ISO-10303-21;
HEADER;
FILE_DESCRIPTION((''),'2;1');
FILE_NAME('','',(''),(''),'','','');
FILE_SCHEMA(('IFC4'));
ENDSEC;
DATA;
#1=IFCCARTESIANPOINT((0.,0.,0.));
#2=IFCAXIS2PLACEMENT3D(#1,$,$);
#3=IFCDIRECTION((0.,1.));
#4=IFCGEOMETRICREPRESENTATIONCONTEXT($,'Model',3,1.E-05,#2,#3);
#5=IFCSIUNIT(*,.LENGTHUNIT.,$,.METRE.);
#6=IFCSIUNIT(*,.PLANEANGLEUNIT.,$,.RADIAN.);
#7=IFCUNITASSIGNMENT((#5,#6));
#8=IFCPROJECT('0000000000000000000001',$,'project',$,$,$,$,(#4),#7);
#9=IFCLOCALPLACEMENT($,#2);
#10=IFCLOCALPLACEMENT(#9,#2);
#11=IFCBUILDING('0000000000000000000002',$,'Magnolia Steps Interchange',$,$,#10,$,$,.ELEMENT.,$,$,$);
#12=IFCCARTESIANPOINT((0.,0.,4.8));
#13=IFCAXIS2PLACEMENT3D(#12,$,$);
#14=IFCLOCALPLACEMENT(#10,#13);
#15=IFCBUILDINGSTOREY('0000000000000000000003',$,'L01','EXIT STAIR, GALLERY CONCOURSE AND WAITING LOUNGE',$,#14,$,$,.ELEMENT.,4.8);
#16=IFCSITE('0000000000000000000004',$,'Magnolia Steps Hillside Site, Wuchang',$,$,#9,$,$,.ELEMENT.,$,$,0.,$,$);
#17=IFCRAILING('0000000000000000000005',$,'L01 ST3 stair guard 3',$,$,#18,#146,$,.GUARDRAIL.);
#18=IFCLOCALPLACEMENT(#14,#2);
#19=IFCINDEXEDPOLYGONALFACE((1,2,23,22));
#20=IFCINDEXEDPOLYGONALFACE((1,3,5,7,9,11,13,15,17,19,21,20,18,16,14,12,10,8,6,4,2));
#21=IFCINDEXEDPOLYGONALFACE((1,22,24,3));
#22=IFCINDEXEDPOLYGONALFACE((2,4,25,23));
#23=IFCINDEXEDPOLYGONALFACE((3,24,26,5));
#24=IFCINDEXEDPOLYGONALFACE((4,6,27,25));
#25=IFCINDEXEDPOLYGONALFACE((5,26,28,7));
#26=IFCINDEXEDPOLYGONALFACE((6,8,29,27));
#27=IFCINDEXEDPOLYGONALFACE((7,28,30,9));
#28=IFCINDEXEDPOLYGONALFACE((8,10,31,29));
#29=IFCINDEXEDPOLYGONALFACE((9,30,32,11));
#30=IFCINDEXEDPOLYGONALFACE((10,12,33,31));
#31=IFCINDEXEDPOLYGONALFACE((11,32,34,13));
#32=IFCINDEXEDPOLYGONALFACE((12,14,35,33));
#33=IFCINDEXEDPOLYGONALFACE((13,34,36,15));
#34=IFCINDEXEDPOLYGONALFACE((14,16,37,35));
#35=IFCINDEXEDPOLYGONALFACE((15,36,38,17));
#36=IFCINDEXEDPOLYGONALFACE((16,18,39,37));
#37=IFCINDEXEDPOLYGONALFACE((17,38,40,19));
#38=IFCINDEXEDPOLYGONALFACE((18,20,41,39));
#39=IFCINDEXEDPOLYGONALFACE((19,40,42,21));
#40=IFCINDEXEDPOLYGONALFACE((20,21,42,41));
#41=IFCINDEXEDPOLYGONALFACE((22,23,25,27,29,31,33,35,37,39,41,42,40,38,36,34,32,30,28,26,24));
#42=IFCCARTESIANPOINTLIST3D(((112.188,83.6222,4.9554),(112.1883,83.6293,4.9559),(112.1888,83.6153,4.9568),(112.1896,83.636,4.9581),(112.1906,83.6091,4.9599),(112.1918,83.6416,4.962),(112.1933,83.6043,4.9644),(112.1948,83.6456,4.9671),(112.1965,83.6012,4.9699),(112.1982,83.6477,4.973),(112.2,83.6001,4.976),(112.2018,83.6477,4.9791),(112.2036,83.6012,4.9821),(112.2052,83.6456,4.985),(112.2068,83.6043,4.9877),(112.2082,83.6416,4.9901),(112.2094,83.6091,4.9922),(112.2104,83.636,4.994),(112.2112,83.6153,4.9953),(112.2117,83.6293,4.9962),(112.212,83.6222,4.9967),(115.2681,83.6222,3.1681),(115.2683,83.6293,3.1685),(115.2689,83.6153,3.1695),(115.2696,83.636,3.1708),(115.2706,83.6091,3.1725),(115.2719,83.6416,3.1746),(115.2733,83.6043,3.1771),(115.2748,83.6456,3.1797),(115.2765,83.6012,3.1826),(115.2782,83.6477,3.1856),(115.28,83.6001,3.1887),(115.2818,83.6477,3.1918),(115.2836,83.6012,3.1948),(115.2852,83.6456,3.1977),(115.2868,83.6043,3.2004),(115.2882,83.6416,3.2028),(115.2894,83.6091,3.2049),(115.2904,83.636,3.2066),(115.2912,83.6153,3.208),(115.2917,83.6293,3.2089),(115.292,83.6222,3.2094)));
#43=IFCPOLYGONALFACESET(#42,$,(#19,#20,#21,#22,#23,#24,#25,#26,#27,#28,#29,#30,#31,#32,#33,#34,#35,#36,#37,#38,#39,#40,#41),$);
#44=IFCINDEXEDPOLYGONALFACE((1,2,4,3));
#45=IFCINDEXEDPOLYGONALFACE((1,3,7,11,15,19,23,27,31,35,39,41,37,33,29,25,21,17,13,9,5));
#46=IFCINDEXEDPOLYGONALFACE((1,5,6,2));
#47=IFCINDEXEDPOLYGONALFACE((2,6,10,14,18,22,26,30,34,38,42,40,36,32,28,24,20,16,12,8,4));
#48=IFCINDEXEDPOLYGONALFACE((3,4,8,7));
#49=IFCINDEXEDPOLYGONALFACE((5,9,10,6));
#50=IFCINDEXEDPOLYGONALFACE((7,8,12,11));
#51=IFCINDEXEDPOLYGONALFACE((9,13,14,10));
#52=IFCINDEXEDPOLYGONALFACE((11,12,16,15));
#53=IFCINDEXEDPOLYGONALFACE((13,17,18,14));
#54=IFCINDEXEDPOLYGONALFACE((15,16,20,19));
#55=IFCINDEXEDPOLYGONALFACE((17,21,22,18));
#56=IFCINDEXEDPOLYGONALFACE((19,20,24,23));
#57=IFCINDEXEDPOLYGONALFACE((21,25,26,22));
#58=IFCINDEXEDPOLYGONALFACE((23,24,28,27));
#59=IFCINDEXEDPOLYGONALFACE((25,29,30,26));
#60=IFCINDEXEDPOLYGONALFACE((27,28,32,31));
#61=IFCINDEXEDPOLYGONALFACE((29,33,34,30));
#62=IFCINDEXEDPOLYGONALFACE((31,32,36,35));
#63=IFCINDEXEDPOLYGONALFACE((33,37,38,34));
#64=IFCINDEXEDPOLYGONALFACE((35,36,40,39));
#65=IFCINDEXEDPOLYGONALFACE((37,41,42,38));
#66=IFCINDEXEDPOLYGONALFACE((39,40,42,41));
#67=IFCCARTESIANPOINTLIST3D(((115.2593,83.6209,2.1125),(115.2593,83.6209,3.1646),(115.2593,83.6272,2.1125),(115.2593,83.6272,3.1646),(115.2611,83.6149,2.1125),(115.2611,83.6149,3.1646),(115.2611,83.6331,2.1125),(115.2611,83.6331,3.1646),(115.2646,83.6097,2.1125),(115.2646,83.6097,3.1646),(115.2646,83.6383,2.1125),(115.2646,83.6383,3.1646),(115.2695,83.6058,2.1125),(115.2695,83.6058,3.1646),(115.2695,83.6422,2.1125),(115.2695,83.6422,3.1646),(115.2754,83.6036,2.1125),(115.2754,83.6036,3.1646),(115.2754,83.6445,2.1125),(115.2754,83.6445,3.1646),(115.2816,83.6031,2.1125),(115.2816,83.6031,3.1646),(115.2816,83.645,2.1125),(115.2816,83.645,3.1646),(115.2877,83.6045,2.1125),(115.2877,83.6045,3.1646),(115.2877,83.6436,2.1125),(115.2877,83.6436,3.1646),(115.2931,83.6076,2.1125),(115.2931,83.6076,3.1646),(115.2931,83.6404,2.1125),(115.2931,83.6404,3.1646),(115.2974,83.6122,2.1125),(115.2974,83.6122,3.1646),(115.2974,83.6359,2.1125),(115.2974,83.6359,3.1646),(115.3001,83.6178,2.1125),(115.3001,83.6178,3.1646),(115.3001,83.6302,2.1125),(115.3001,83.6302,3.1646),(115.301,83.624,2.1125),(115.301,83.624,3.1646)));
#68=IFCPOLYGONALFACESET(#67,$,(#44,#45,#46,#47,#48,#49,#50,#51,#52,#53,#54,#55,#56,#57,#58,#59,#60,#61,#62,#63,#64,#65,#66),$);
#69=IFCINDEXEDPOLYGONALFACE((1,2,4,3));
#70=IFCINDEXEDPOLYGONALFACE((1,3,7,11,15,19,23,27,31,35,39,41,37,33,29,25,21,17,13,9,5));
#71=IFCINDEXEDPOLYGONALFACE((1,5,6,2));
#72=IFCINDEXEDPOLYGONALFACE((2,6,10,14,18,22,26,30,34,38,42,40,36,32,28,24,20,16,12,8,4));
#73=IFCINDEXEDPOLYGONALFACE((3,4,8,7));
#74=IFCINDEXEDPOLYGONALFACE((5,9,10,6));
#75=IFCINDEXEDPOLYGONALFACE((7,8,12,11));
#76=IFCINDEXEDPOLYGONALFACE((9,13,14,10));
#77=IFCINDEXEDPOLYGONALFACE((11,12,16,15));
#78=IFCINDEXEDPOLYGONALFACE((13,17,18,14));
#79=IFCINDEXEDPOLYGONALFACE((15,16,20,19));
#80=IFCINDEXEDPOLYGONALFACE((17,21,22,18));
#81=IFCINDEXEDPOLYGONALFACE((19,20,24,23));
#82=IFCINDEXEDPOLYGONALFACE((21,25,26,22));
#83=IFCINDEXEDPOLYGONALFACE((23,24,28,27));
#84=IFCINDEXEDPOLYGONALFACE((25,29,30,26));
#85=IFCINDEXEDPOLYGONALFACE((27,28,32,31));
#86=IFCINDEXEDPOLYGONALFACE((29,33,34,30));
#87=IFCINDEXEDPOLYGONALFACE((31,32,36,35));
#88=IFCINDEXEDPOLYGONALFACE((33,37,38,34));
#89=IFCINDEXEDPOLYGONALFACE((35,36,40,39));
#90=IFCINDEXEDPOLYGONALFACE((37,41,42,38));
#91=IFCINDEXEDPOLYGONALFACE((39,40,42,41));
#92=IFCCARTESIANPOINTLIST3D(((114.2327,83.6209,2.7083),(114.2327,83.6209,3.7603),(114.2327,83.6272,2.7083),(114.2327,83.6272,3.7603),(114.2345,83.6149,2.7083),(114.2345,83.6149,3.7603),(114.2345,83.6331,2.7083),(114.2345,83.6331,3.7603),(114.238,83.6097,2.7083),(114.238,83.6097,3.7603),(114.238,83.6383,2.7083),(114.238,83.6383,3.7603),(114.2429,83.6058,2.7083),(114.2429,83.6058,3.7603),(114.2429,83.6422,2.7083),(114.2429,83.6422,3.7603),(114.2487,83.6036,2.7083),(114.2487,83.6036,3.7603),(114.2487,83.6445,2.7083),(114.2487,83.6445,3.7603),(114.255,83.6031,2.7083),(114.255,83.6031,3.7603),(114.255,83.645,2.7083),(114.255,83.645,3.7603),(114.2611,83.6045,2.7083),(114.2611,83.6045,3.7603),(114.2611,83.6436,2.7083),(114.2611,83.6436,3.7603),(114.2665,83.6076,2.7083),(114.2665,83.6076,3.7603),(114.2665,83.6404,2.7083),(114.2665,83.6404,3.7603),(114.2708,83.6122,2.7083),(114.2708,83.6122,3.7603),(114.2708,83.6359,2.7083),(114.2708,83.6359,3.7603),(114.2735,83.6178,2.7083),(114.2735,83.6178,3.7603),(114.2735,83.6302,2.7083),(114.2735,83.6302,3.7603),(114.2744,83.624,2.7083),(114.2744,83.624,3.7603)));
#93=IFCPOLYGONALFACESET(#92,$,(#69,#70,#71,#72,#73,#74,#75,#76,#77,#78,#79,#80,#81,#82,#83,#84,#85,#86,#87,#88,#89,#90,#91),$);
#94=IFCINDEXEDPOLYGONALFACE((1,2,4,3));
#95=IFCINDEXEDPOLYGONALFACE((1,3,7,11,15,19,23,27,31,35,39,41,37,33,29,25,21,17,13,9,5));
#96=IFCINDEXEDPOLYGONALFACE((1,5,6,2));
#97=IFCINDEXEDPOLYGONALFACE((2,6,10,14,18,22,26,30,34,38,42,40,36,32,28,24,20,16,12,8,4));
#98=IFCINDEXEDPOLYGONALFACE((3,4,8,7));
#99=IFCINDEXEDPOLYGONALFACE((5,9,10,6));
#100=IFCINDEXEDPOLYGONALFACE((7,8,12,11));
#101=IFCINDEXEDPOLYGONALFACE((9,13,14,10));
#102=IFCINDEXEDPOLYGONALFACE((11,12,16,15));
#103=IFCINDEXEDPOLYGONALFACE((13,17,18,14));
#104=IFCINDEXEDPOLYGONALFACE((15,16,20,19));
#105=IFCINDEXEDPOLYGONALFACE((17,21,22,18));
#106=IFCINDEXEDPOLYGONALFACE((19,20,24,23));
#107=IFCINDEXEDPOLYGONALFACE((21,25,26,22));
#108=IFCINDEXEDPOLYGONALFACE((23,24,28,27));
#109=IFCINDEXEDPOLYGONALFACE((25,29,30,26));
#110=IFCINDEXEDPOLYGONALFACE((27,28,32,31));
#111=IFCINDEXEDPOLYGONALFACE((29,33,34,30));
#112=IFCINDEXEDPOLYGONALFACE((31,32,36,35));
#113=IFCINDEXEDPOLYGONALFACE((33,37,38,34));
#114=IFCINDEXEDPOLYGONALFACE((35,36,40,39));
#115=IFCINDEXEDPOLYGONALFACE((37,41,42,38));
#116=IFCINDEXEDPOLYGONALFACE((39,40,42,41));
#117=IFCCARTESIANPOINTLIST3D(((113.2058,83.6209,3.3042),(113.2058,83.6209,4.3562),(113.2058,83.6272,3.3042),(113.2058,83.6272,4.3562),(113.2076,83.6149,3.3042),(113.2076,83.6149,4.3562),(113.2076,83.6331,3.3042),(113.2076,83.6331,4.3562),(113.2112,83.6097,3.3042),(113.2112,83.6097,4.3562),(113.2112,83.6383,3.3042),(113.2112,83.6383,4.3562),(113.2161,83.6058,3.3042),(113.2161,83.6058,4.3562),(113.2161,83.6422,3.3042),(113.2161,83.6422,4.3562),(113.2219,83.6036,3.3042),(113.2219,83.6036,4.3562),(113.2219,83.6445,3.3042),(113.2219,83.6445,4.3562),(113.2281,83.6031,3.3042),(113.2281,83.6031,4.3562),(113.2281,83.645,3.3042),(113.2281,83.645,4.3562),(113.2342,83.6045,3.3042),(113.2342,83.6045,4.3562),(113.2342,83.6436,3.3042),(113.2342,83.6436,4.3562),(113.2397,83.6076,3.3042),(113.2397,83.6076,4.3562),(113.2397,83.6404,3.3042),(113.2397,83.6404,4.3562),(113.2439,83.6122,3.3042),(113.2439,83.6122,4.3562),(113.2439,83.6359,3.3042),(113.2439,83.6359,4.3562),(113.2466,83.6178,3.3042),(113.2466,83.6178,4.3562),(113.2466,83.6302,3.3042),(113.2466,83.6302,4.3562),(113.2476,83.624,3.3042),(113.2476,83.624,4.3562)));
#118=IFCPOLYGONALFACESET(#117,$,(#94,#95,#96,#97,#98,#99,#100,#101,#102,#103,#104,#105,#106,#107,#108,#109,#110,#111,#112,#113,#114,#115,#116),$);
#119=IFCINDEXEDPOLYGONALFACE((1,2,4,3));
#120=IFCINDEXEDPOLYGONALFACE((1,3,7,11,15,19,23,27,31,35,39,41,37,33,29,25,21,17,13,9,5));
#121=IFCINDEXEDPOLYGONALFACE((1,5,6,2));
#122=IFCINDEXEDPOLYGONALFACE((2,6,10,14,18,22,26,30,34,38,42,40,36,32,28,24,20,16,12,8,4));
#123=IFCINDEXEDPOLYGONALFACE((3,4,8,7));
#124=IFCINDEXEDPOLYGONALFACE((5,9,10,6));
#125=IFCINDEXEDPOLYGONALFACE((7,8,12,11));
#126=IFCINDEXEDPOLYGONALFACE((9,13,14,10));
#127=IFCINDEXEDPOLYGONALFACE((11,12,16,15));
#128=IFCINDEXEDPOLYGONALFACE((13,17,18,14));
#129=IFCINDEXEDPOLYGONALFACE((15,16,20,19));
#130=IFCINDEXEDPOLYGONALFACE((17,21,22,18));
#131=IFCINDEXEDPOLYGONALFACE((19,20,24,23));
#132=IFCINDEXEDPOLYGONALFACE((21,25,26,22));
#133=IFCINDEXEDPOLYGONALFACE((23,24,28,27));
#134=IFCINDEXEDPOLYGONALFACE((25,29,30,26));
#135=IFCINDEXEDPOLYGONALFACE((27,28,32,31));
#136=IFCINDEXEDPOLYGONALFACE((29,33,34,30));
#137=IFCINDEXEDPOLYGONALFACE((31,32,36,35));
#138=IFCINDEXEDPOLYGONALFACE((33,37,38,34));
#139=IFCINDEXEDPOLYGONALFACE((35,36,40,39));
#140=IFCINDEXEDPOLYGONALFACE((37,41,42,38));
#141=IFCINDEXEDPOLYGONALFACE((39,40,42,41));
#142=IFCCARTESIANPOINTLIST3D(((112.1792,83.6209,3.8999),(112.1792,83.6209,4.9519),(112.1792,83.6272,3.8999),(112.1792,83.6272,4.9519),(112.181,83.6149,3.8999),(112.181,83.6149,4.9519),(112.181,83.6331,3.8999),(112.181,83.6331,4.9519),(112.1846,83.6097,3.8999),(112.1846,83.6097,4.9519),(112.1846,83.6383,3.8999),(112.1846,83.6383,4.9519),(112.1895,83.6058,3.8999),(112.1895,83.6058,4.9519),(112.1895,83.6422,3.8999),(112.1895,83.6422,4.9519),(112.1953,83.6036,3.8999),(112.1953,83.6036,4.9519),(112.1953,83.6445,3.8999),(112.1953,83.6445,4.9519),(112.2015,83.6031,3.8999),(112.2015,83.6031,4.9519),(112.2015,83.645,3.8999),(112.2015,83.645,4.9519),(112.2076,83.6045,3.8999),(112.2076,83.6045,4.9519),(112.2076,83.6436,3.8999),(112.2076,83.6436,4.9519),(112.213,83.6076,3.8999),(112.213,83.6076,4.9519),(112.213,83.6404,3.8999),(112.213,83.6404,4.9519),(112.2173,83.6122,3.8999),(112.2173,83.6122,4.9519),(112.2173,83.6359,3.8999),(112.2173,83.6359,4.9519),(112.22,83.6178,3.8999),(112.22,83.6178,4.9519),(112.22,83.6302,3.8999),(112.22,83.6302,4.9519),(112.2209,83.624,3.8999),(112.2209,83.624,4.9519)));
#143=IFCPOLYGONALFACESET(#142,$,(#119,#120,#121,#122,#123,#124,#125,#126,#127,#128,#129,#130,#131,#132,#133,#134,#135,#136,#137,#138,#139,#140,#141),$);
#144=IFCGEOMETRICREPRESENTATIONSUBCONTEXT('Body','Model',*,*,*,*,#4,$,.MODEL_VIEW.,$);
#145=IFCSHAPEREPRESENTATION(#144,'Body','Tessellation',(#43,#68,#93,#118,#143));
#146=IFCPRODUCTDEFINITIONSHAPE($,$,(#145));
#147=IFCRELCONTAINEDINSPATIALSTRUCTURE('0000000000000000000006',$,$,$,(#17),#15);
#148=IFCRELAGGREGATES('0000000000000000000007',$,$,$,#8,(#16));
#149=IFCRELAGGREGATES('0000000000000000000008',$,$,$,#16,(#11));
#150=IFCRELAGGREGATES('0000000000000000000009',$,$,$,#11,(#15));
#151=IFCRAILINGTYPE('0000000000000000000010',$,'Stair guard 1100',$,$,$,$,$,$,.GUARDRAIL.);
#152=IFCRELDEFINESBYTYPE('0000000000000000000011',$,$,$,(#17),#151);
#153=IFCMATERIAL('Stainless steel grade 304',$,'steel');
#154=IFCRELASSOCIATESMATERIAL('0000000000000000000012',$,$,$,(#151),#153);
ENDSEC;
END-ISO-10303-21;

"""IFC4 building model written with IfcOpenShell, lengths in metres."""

from ifc_helpers import new_model, si_unit, direction, frame, origin, origin_2d, place, context, subcontext, project, spatial, circle, extrude, material, type_object, element, save


model = new_model("IFC4")

# Units and contexts
model_context = context("Model", 3, precision=1e-05, world=origin(), true_north=direction((0.0, 1.0)))
body_context = subcontext(model_context, "Body", "Model", "MODEL_VIEW")
ifc_project = project(units=[si_unit("LENGTHUNIT", "METRE"), si_unit("PLANEANGLEUNIT", "RADIAN")], contexts=[model_context])

# Site, building, storey
site_placement = place(None, origin())
site = spatial("IfcSite", under=ifc_project, at=site_placement, Name="Magnolia Steps Hillside Site, Wuchang", CompositionType="ELEMENT", RefElevation=0.0)
building_placement = place(site_placement, origin())
building = spatial("IfcBuilding", under=site, at=building_placement, Name="Magnolia Steps Interchange", CompositionType="ELEMENT")
storey_placement = place(building_placement, frame((0.0, 0.0, 4.8)))
storey = spatial("IfcBuildingStorey", under=building, at=storey_placement, Name="L01", Description="EXIT STAIR, GALLERY CONCOURSE AND WAITING LOUNGE", CompositionType="ELEMENT", Elevation=4.8)

# Railing
ifc_material_1 = material(Name="Stainless steel grade 304", Category="steel")
railing_type_1 = type_object("IfcRailingType", Name="Stair guard 1100", PredefinedType="GUARDRAIL", material=ifc_material_1)
railing_1_placement = place(storey_placement, frame((115.28, 83.624, 2.1125)))
element("IfcRailing", 1, at=railing_1_placement, inside=storey, type_object=railing_type_1, Name="L01 ST3 stair guard 3", PredefinedType="GUARDRAIL", context=body_context, shape_type="SweptSolid", body=[
    extrude(circle(Radius=0.0239, at=origin_2d()), frame((0.0, 0.0, 1.0762), z_axis=(-0.86492, 0.0, 0.501909), x_axis=(0.0, -1.0, 0.0)), (0.0, 0.0, 1.0), 3.561),
    extrude(circle(Radius=0.021, at=origin_2d()), origin(), (0.0, 0.0, 1.0), 1.052),
    extrude(circle(Radius=0.021, at=origin_2d()), frame((-1.0266, 0.0, 0.5957)), (0.0, 0.0, 1.0), 1.052),
    extrude(circle(Radius=0.021, at=origin_2d()), frame((-2.0535, 0.0, 1.1917)), (0.0, 0.0, 1.0), 1.052),
    extrude(circle(Radius=0.021, at=origin_2d()), frame((-3.0801, 0.0, 1.7874)), (0.0, 0.0, 1.0), 1.052),
])

save(model, "model.ifc")
